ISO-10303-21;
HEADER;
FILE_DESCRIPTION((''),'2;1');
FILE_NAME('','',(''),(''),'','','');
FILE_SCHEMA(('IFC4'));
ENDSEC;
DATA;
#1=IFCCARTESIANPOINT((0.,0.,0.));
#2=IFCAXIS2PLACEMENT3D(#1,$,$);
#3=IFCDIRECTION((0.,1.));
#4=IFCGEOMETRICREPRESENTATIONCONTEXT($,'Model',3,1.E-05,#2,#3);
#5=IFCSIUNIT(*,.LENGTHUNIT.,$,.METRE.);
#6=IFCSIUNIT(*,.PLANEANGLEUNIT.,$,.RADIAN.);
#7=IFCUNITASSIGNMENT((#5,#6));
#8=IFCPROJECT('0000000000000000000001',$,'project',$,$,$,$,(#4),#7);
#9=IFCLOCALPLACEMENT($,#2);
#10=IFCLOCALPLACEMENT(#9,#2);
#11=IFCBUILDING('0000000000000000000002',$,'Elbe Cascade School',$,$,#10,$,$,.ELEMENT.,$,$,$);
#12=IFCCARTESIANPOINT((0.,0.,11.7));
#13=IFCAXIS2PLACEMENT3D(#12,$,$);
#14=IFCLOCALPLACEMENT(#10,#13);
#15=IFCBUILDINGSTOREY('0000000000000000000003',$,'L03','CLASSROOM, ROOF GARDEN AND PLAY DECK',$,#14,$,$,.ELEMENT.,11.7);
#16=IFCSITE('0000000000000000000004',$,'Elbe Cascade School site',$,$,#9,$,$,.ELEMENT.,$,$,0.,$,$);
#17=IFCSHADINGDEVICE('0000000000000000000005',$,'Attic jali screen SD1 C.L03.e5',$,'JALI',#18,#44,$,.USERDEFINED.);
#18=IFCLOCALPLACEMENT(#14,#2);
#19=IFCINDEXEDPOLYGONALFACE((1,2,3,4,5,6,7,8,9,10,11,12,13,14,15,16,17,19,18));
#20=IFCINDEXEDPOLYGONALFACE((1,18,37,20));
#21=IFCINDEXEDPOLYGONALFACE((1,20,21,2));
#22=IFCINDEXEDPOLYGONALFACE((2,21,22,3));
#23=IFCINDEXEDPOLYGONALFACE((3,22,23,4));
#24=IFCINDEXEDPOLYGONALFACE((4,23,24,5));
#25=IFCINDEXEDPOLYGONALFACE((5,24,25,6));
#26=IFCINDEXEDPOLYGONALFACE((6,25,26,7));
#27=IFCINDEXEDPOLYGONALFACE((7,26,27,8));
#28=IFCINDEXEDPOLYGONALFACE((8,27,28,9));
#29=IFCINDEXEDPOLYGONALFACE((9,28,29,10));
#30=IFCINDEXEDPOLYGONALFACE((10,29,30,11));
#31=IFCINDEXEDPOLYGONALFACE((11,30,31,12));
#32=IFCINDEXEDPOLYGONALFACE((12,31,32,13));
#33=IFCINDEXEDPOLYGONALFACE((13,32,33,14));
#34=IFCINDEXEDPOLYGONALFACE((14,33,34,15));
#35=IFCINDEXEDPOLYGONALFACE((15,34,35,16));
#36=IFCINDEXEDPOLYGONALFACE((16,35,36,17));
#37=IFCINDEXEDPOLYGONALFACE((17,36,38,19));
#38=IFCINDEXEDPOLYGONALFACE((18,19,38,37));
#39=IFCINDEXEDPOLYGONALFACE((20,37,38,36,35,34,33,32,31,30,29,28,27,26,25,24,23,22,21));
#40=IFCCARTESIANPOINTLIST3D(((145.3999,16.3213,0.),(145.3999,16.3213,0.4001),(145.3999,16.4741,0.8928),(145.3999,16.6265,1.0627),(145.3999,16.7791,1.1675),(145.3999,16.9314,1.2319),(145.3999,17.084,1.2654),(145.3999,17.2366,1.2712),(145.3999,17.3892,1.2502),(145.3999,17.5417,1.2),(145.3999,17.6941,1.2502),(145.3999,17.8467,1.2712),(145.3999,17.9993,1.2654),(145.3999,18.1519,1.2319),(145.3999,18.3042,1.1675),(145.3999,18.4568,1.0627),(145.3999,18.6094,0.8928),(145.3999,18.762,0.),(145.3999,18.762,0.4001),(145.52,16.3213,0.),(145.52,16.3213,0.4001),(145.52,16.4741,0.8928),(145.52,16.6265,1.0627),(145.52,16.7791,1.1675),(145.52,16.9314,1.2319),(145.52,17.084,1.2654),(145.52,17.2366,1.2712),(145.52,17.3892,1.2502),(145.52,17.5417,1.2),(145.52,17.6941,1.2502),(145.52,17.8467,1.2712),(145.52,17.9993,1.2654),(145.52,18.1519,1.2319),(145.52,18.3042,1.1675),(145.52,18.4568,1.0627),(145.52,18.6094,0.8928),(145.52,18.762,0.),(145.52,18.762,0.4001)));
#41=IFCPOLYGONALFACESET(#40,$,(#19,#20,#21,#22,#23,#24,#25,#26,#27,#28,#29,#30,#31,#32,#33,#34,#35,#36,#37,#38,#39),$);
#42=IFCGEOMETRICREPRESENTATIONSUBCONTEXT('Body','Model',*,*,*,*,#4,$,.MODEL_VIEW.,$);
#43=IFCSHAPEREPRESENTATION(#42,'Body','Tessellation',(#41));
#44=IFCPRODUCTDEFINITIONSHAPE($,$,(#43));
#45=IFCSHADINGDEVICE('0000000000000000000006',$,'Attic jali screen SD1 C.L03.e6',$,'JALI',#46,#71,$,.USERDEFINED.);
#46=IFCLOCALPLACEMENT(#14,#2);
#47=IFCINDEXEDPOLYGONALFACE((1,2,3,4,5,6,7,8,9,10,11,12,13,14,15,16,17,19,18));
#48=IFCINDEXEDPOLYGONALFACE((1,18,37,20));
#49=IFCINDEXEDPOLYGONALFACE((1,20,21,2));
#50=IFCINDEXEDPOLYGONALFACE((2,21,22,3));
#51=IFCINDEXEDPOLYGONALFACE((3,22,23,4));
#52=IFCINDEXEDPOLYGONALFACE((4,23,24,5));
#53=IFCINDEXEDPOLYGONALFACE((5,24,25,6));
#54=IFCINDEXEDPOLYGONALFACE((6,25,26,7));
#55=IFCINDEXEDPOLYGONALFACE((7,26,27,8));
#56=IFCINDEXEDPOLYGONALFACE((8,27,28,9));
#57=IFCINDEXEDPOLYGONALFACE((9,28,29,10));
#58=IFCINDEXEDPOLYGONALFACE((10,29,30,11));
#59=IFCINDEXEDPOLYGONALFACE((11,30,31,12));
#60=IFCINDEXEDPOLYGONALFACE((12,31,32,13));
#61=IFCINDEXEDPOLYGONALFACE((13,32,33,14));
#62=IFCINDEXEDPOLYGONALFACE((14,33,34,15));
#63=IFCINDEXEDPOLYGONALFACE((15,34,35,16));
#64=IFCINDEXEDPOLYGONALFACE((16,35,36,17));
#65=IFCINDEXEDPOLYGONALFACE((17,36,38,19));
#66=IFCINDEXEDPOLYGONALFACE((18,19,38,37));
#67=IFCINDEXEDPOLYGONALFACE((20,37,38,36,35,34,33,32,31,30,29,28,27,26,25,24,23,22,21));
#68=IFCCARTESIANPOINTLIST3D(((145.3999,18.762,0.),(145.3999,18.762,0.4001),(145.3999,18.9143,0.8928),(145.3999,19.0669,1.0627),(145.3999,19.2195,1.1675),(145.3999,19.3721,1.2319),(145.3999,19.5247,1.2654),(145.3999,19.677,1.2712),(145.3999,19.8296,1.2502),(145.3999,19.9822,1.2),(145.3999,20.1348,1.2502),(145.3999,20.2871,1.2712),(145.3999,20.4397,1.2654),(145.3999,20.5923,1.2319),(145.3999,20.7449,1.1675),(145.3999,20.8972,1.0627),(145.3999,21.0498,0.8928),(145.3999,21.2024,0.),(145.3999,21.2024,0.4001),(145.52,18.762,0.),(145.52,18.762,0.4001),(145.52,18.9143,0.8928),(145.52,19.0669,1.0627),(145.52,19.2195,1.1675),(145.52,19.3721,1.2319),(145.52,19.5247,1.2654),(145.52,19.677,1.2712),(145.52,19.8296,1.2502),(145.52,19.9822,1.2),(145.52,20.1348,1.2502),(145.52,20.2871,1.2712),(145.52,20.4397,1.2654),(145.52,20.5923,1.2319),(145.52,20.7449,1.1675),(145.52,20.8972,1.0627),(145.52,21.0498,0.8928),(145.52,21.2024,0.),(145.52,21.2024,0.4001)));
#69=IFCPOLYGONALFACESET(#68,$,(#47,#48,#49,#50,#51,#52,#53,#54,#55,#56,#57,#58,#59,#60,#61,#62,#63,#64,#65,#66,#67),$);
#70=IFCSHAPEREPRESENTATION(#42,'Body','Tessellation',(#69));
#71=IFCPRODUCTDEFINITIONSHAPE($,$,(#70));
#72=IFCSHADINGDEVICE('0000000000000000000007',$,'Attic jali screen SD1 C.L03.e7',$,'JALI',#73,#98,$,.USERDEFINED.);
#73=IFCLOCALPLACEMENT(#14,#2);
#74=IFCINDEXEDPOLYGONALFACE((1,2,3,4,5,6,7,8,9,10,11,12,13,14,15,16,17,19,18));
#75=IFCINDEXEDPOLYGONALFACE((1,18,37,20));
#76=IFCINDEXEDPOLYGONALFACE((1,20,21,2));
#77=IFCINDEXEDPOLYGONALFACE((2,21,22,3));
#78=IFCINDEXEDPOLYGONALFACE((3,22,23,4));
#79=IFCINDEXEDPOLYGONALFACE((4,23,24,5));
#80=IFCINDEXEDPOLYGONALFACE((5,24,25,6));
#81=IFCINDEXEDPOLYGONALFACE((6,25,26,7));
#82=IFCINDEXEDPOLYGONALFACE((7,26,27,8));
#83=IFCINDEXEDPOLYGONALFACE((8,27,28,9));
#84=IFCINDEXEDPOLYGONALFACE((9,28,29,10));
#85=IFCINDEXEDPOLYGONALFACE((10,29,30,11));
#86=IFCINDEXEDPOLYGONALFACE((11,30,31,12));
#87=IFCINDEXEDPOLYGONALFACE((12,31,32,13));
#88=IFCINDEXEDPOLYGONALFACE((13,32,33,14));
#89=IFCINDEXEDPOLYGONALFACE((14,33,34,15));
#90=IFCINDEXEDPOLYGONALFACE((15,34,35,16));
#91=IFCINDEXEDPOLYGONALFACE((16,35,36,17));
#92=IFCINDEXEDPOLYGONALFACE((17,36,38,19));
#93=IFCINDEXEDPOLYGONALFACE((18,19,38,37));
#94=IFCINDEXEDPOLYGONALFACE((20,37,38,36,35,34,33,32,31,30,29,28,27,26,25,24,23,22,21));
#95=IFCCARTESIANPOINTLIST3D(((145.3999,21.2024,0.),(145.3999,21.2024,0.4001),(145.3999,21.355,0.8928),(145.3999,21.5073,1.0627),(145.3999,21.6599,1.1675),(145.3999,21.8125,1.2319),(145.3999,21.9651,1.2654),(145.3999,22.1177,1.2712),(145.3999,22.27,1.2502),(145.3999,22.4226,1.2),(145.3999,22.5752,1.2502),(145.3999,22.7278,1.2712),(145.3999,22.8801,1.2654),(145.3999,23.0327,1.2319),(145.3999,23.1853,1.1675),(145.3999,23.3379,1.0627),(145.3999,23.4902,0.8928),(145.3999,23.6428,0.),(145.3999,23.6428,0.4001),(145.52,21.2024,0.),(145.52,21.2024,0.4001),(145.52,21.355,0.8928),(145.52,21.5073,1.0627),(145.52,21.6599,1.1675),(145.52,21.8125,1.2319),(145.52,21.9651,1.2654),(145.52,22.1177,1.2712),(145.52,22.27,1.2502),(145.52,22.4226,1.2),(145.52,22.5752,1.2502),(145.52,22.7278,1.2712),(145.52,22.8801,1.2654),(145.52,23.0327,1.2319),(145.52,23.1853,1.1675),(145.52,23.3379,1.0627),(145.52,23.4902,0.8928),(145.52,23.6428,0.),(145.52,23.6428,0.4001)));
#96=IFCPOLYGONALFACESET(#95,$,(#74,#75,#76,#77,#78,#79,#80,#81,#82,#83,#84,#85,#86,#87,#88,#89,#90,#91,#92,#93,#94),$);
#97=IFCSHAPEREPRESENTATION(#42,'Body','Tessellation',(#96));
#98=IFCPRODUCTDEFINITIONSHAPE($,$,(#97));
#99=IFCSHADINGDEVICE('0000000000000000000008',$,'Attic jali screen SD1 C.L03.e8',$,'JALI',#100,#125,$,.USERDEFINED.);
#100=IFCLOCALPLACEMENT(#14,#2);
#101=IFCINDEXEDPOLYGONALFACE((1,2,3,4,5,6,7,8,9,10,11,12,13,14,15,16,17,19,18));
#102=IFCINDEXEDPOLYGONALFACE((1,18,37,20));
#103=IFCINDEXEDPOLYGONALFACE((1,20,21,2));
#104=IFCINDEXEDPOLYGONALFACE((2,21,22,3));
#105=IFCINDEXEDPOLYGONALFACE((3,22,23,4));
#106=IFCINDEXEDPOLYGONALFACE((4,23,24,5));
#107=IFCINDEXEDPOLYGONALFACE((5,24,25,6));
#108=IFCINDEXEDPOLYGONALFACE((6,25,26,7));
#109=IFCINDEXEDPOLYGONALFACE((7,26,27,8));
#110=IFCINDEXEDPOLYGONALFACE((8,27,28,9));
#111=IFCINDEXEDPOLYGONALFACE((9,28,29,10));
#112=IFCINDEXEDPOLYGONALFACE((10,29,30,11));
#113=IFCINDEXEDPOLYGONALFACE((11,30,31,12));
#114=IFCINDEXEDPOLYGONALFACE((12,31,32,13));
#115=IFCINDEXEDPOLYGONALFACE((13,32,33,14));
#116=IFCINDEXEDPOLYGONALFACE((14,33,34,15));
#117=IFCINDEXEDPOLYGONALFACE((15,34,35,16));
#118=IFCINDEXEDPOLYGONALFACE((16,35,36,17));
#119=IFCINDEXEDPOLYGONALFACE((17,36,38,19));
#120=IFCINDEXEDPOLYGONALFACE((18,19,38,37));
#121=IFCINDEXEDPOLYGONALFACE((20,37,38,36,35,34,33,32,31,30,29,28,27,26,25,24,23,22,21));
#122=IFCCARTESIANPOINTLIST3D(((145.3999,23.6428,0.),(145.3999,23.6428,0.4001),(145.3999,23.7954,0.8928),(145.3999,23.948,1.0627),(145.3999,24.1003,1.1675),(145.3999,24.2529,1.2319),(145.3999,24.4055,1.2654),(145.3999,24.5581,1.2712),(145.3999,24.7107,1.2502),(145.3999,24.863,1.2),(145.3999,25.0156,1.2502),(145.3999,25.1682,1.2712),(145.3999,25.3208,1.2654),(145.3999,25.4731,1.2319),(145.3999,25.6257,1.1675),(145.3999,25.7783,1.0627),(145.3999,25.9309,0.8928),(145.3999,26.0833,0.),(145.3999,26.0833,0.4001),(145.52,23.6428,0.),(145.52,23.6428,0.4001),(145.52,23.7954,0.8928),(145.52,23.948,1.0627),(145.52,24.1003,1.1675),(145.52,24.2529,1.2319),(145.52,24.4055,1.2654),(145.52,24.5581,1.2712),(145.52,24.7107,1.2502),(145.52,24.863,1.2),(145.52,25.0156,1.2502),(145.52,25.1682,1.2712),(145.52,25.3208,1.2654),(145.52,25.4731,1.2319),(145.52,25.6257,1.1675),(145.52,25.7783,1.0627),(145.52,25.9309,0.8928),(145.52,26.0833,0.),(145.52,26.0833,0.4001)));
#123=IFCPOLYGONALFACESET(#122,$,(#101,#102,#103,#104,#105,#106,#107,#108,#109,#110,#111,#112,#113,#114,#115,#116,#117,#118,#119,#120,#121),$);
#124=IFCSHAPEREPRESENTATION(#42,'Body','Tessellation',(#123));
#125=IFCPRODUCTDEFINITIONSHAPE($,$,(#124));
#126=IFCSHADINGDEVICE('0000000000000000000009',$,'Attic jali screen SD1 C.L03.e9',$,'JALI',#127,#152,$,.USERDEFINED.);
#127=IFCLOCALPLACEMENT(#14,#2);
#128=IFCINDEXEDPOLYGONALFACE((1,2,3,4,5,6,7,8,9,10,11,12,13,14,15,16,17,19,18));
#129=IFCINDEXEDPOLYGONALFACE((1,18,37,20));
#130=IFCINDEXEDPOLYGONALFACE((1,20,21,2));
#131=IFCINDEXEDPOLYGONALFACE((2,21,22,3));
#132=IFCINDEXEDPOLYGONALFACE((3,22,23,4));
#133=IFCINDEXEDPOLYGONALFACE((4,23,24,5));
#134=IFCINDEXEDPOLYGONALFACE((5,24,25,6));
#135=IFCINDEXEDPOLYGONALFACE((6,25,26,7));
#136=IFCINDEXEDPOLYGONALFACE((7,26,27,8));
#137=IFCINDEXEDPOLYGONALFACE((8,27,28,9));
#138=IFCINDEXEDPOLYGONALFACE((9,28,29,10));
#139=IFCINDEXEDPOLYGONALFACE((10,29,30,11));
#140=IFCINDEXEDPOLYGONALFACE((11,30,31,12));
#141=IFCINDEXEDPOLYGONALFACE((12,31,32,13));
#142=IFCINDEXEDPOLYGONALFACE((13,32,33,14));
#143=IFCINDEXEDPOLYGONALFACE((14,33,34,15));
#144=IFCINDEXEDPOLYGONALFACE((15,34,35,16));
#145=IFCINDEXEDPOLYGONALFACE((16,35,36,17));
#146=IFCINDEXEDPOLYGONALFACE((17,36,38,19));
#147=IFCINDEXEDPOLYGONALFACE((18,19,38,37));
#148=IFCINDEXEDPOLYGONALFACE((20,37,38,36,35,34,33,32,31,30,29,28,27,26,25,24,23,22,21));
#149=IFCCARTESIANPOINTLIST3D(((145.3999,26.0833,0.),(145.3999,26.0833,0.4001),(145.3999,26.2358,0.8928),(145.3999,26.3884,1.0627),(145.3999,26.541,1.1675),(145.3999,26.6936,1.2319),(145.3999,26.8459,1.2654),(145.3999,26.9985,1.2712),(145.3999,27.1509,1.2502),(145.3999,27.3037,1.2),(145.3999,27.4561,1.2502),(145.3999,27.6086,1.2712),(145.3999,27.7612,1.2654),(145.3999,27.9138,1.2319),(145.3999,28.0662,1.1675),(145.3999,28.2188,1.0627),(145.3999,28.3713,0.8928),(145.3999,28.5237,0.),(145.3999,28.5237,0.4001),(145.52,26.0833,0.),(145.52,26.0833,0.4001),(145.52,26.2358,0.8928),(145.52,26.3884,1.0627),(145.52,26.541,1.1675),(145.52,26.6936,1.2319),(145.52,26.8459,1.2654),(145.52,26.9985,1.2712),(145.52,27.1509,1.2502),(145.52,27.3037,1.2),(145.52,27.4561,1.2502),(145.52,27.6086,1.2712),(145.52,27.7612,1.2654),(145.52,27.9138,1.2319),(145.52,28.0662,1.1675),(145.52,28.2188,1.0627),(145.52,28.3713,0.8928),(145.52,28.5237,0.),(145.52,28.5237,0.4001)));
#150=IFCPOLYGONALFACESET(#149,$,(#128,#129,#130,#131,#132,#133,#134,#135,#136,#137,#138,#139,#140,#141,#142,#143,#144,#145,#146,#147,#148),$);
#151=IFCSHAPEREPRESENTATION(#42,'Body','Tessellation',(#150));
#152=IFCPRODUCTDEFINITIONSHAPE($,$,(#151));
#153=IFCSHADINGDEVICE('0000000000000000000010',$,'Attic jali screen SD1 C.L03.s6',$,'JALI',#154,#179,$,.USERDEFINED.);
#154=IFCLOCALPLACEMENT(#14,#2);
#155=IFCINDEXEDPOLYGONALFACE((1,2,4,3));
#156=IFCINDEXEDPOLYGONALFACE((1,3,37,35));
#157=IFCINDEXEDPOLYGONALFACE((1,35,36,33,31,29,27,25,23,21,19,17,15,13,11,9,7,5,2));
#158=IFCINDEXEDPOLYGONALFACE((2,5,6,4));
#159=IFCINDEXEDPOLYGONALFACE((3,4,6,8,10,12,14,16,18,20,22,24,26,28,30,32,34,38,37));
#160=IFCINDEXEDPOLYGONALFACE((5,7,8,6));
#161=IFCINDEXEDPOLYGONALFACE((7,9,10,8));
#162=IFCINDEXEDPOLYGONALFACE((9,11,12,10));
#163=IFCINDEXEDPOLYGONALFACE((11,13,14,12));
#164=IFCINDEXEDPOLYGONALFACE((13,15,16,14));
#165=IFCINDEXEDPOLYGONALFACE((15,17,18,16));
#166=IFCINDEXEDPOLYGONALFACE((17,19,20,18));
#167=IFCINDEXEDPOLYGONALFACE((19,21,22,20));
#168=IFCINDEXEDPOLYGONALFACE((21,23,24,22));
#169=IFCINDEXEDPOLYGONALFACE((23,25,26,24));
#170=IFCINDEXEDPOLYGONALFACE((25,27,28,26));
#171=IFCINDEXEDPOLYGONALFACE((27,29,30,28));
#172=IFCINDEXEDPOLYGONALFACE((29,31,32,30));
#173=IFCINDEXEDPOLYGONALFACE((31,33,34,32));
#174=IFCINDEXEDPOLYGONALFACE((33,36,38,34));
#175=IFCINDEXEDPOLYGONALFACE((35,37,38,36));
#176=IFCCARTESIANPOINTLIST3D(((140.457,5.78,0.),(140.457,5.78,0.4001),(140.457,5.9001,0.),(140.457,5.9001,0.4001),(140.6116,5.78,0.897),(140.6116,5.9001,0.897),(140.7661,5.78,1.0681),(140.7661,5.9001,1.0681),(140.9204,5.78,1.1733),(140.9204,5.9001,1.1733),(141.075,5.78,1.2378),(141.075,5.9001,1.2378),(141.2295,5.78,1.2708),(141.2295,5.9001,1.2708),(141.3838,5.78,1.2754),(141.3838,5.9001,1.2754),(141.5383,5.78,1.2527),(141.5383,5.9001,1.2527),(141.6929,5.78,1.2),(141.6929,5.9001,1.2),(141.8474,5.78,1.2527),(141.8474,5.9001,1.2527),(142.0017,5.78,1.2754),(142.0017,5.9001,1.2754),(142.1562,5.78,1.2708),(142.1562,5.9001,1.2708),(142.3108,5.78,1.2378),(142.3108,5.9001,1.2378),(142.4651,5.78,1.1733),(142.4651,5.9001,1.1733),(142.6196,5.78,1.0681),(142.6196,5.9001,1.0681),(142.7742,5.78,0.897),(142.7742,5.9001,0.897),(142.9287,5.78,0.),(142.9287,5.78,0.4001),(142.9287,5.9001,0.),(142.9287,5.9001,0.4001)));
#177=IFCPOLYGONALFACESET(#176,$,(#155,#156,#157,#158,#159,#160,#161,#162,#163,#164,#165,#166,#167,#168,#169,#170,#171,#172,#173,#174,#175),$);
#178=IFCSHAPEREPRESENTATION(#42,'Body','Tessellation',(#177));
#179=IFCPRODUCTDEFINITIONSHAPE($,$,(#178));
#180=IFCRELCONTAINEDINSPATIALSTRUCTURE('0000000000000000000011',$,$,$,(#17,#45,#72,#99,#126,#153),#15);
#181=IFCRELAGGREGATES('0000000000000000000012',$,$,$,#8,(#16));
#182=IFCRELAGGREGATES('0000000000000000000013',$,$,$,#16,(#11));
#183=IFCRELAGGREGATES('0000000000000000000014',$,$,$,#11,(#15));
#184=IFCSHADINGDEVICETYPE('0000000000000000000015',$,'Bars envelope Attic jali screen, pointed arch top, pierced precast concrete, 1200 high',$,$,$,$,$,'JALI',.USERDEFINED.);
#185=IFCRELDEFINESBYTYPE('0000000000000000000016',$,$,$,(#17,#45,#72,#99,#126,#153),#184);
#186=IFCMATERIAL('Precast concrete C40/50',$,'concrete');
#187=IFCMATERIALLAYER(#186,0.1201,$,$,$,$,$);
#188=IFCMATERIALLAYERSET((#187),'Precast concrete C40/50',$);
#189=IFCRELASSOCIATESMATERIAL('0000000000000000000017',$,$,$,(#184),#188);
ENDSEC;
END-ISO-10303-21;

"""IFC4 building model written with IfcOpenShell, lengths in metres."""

from ifc_helpers import new_model, si_unit, direction, frame, origin, place, context, subcontext, project, spatial, polyline, outline, extrude, material, layer, layer_set, type_object, element, save


model = new_model("IFC4")

# Units and contexts
model_context = context("Model", 3, precision=1e-05, world=origin(), true_north=direction((0.0, 1.0)))
body_context = subcontext(model_context, "Body", "Model", "MODEL_VIEW")
ifc_project = project(units=[si_unit("LENGTHUNIT", "METRE"), si_unit("PLANEANGLEUNIT", "RADIAN")], contexts=[model_context])

# Site, building, storey
site_placement = place(None, origin())
site = spatial("IfcSite", under=ifc_project, at=site_placement, Name="Elbe Cascade School site", CompositionType="ELEMENT", RefElevation=0.0)
building_placement = place(site_placement, origin())
building = spatial("IfcBuilding", under=site, at=building_placement, Name="Elbe Cascade School", CompositionType="ELEMENT")
storey_placement = place(building_placement, frame((0.0, 0.0, 11.7)))
storey = spatial("IfcBuildingStorey", under=building, at=storey_placement, Name="L03", Description="CLASSROOM, ROOF GARDEN AND PLAY DECK", CompositionType="ELEMENT", Elevation=11.7)

# Shading devices
ifc_material_1 = material(Name="Precast concrete C40/50", Category="concrete")
ifc_layer_1 = layer(ifc_material_1, 0.1201)
ifc_layer_set_1 = layer_set([ifc_layer_1], Name="Precast concrete C40/50")
shading_device_type = type_object("IfcShadingDeviceType", Name="Bars envelope Attic jali screen, pointed arch top, pierced precast concrete, 1200 high", ElementType="JALI", PredefinedType="USERDEFINED", material=ifc_layer_set_1)
shading_device_1_placement = place(storey_placement, frame((145.52, 16.3213, 0.0), z_axis=(1.0, 0.0, 0.0), x_axis=(0.0, 1.0, 0.0)))
element("IfcShadingDevice", 1, at=shading_device_1_placement, inside=storey, type_object=shading_device_type, Name="Attic jali screen SD1 C.L03.e5", ObjectType="JALI", PredefinedType="USERDEFINED", context=body_context, shape_type="SweptSolid", body=[
    extrude(outline(polyline([(0.0, 0.0), (2.4407, 0.0), (2.4407, 0.4001), (2.2881, 0.8928), (2.1355, 1.0627), (1.9829, 1.1675), (1.8306, 1.2319), (1.678, 1.2654), (1.5254, 1.2712), (1.3728, 1.2502), (1.2205, 1.2), (1.0679, 1.2502), (0.9153, 1.2712), (0.7627, 1.2654), (0.6101, 1.2319), (0.4578, 1.1675), (0.3052, 1.0627), (0.1528, 0.8928), (0.0, 0.4001), (0.0, 0.0)])), origin(), (0.0, 0.0, -1.0), 0.1201),
])
shading_device_2_placement = place(storey_placement, frame((145.52, 18.762, 0.0), z_axis=(1.0, 0.0, 0.0), x_axis=(0.0, 1.0, 0.0)))
element("IfcShadingDevice", 2, at=shading_device_2_placement, inside=storey, type_object=shading_device_type, Name="Attic jali screen SD1 C.L03.e6", ObjectType="JALI", PredefinedType="USERDEFINED", context=body_context, shape_type="SweptSolid", body=[
    extrude(outline(polyline([(0.0, 0.0), (2.4404, 0.0), (2.4404, 0.4001), (2.2878, 0.8928), (2.1353, 1.0627), (1.9829, 1.1675), (1.8303, 1.2319), (1.6777, 1.2654), (1.5251, 1.2712), (1.3728, 1.2502), (1.2202, 1.2), (1.0676, 1.2502), (0.915, 1.2712), (0.7627, 1.2654), (0.6101, 1.2319), (0.4575, 1.1675), (0.3049, 1.0627), (0.1523, 0.8928), (0.0, 0.4001), (0.0, 0.0)])), origin(), (0.0, 0.0, -1.0), 0.1201),
])
shading_device_3_placement = place(storey_placement, frame((145.52, 21.2024, 0.0), z_axis=(1.0, 0.0, 0.0), x_axis=(0.0, 1.0, 0.0)))
element("IfcShadingDevice", 3, at=shading_device_3_placement, inside=storey, type_object=shading_device_type, Name="Attic jali screen SD1 C.L03.e7", ObjectType="JALI", PredefinedType="USERDEFINED", context=body_context, shape_type="SweptSolid", body=[
    extrude(outline(polyline([(0.0, 0.0), (2.4404, 0.0), (2.4404, 0.4001), (2.2878, 0.8928), (2.1355, 1.0627), (1.9829, 1.1675), (1.8303, 1.2319), (1.6777, 1.2654), (1.5254, 1.2712), (1.3728, 1.2502), (1.2202, 1.2), (1.0676, 1.2502), (0.9153, 1.2712), (0.7627, 1.2654), (0.6101, 1.2319), (0.4575, 1.1675), (0.3049, 1.0627), (0.1526, 0.8928), (0.0, 0.4001), (0.0, 0.0)])), origin(), (0.0, 0.0, -1.0), 0.1201),
])
shading_device_4_placement = place(storey_placement, frame((145.52, 23.6428, 0.0), z_axis=(1.0, 0.0, 0.0), x_axis=(0.0, 1.0, 0.0)))
element("IfcShadingDevice", 4, at=shading_device_4_placement, inside=storey, type_object=shading_device_type, Name="Attic jali screen SD1 C.L03.e8", ObjectType="JALI", PredefinedType="USERDEFINED", context=body_context, shape_type="SweptSolid", body=[
    extrude(outline(polyline([(0.0, 0.0), (2.4404, 0.0), (2.4404, 0.4001), (2.2881, 0.8928), (2.1355, 1.0627), (1.9829, 1.1675), (1.8303, 1.2319), (1.678, 1.2654), (1.5254, 1.2712), (1.3728, 1.2502), (1.2202, 1.2), (1.0679, 1.2502), (0.9153, 1.2712), (0.7627, 1.2654), (0.6101, 1.2319), (0.4575, 1.1675), (0.3052, 1.0627), (0.1526, 0.8928), (0.0, 0.4001), (0.0, 0.0)])), origin(), (0.0, 0.0, -1.0), 0.1201),
])
shading_device_5_placement = place(storey_placement, frame((145.52, 26.0833, 0.0), z_axis=(1.0, 0.0, 0.0), x_axis=(0.0, 1.0, 0.0)))
element("IfcShadingDevice", 5, at=shading_device_5_placement, inside=storey, type_object=shading_device_type, Name="Attic jali screen SD1 C.L03.e9", ObjectType="JALI", PredefinedType="USERDEFINED", context=body_context, shape_type="SweptSolid", body=[
    extrude(outline(polyline([(0.0, 0.0), (2.4404, 0.0), (2.4404, 0.4001), (2.2881, 0.8928), (2.1355, 1.0627), (1.9829, 1.1675), (1.8306, 1.2319), (1.678, 1.2654), (1.5254, 1.2712), (1.3728, 1.2502), (1.2205, 1.2), (1.0676, 1.2502), (0.9153, 1.2712), (0.7627, 1.2654), (0.6104, 1.2319), (0.4578, 1.1675), (0.3052, 1.0627), (0.1526, 0.8928), (0.0, 0.4001), (0.0, 0.0)])), origin(), (0.0, 0.0, -1.0), 0.1201),
])
shading_device_6_placement = place(storey_placement, frame((140.457, 5.78, 0.0), z_axis=(0.0, -1.0, 0.0), x_axis=(1.0, 0.0, 0.0)))
element("IfcShadingDevice", 6, at=shading_device_6_placement, inside=storey, type_object=shading_device_type, Name="Attic jali screen SD1 C.L03.s6", ObjectType="JALI", PredefinedType="USERDEFINED", context=body_context, shape_type="SweptSolid", body=[
    extrude(outline(polyline([(0.0, 0.0), (2.4717, 0.0), (2.4717, 0.4001), (2.3171, 0.897), (2.1626, 1.0681), (2.0081, 1.1733), (1.8538, 1.2378), (1.6992, 1.2708), (1.5447, 1.2754), (1.3904, 1.2527), (1.2358, 1.2), (1.0813, 1.2527), (0.9268, 1.2754), (0.7725, 1.2708), (0.6179, 1.2378), (0.4634, 1.1733), (0.3091, 1.0681), (0.1545, 0.897), (0.0, 0.4001), (0.0, 0.0)])), origin(), (0.0, 0.0, -1.0), 0.1201),
])

save(model, "model.ifc")
